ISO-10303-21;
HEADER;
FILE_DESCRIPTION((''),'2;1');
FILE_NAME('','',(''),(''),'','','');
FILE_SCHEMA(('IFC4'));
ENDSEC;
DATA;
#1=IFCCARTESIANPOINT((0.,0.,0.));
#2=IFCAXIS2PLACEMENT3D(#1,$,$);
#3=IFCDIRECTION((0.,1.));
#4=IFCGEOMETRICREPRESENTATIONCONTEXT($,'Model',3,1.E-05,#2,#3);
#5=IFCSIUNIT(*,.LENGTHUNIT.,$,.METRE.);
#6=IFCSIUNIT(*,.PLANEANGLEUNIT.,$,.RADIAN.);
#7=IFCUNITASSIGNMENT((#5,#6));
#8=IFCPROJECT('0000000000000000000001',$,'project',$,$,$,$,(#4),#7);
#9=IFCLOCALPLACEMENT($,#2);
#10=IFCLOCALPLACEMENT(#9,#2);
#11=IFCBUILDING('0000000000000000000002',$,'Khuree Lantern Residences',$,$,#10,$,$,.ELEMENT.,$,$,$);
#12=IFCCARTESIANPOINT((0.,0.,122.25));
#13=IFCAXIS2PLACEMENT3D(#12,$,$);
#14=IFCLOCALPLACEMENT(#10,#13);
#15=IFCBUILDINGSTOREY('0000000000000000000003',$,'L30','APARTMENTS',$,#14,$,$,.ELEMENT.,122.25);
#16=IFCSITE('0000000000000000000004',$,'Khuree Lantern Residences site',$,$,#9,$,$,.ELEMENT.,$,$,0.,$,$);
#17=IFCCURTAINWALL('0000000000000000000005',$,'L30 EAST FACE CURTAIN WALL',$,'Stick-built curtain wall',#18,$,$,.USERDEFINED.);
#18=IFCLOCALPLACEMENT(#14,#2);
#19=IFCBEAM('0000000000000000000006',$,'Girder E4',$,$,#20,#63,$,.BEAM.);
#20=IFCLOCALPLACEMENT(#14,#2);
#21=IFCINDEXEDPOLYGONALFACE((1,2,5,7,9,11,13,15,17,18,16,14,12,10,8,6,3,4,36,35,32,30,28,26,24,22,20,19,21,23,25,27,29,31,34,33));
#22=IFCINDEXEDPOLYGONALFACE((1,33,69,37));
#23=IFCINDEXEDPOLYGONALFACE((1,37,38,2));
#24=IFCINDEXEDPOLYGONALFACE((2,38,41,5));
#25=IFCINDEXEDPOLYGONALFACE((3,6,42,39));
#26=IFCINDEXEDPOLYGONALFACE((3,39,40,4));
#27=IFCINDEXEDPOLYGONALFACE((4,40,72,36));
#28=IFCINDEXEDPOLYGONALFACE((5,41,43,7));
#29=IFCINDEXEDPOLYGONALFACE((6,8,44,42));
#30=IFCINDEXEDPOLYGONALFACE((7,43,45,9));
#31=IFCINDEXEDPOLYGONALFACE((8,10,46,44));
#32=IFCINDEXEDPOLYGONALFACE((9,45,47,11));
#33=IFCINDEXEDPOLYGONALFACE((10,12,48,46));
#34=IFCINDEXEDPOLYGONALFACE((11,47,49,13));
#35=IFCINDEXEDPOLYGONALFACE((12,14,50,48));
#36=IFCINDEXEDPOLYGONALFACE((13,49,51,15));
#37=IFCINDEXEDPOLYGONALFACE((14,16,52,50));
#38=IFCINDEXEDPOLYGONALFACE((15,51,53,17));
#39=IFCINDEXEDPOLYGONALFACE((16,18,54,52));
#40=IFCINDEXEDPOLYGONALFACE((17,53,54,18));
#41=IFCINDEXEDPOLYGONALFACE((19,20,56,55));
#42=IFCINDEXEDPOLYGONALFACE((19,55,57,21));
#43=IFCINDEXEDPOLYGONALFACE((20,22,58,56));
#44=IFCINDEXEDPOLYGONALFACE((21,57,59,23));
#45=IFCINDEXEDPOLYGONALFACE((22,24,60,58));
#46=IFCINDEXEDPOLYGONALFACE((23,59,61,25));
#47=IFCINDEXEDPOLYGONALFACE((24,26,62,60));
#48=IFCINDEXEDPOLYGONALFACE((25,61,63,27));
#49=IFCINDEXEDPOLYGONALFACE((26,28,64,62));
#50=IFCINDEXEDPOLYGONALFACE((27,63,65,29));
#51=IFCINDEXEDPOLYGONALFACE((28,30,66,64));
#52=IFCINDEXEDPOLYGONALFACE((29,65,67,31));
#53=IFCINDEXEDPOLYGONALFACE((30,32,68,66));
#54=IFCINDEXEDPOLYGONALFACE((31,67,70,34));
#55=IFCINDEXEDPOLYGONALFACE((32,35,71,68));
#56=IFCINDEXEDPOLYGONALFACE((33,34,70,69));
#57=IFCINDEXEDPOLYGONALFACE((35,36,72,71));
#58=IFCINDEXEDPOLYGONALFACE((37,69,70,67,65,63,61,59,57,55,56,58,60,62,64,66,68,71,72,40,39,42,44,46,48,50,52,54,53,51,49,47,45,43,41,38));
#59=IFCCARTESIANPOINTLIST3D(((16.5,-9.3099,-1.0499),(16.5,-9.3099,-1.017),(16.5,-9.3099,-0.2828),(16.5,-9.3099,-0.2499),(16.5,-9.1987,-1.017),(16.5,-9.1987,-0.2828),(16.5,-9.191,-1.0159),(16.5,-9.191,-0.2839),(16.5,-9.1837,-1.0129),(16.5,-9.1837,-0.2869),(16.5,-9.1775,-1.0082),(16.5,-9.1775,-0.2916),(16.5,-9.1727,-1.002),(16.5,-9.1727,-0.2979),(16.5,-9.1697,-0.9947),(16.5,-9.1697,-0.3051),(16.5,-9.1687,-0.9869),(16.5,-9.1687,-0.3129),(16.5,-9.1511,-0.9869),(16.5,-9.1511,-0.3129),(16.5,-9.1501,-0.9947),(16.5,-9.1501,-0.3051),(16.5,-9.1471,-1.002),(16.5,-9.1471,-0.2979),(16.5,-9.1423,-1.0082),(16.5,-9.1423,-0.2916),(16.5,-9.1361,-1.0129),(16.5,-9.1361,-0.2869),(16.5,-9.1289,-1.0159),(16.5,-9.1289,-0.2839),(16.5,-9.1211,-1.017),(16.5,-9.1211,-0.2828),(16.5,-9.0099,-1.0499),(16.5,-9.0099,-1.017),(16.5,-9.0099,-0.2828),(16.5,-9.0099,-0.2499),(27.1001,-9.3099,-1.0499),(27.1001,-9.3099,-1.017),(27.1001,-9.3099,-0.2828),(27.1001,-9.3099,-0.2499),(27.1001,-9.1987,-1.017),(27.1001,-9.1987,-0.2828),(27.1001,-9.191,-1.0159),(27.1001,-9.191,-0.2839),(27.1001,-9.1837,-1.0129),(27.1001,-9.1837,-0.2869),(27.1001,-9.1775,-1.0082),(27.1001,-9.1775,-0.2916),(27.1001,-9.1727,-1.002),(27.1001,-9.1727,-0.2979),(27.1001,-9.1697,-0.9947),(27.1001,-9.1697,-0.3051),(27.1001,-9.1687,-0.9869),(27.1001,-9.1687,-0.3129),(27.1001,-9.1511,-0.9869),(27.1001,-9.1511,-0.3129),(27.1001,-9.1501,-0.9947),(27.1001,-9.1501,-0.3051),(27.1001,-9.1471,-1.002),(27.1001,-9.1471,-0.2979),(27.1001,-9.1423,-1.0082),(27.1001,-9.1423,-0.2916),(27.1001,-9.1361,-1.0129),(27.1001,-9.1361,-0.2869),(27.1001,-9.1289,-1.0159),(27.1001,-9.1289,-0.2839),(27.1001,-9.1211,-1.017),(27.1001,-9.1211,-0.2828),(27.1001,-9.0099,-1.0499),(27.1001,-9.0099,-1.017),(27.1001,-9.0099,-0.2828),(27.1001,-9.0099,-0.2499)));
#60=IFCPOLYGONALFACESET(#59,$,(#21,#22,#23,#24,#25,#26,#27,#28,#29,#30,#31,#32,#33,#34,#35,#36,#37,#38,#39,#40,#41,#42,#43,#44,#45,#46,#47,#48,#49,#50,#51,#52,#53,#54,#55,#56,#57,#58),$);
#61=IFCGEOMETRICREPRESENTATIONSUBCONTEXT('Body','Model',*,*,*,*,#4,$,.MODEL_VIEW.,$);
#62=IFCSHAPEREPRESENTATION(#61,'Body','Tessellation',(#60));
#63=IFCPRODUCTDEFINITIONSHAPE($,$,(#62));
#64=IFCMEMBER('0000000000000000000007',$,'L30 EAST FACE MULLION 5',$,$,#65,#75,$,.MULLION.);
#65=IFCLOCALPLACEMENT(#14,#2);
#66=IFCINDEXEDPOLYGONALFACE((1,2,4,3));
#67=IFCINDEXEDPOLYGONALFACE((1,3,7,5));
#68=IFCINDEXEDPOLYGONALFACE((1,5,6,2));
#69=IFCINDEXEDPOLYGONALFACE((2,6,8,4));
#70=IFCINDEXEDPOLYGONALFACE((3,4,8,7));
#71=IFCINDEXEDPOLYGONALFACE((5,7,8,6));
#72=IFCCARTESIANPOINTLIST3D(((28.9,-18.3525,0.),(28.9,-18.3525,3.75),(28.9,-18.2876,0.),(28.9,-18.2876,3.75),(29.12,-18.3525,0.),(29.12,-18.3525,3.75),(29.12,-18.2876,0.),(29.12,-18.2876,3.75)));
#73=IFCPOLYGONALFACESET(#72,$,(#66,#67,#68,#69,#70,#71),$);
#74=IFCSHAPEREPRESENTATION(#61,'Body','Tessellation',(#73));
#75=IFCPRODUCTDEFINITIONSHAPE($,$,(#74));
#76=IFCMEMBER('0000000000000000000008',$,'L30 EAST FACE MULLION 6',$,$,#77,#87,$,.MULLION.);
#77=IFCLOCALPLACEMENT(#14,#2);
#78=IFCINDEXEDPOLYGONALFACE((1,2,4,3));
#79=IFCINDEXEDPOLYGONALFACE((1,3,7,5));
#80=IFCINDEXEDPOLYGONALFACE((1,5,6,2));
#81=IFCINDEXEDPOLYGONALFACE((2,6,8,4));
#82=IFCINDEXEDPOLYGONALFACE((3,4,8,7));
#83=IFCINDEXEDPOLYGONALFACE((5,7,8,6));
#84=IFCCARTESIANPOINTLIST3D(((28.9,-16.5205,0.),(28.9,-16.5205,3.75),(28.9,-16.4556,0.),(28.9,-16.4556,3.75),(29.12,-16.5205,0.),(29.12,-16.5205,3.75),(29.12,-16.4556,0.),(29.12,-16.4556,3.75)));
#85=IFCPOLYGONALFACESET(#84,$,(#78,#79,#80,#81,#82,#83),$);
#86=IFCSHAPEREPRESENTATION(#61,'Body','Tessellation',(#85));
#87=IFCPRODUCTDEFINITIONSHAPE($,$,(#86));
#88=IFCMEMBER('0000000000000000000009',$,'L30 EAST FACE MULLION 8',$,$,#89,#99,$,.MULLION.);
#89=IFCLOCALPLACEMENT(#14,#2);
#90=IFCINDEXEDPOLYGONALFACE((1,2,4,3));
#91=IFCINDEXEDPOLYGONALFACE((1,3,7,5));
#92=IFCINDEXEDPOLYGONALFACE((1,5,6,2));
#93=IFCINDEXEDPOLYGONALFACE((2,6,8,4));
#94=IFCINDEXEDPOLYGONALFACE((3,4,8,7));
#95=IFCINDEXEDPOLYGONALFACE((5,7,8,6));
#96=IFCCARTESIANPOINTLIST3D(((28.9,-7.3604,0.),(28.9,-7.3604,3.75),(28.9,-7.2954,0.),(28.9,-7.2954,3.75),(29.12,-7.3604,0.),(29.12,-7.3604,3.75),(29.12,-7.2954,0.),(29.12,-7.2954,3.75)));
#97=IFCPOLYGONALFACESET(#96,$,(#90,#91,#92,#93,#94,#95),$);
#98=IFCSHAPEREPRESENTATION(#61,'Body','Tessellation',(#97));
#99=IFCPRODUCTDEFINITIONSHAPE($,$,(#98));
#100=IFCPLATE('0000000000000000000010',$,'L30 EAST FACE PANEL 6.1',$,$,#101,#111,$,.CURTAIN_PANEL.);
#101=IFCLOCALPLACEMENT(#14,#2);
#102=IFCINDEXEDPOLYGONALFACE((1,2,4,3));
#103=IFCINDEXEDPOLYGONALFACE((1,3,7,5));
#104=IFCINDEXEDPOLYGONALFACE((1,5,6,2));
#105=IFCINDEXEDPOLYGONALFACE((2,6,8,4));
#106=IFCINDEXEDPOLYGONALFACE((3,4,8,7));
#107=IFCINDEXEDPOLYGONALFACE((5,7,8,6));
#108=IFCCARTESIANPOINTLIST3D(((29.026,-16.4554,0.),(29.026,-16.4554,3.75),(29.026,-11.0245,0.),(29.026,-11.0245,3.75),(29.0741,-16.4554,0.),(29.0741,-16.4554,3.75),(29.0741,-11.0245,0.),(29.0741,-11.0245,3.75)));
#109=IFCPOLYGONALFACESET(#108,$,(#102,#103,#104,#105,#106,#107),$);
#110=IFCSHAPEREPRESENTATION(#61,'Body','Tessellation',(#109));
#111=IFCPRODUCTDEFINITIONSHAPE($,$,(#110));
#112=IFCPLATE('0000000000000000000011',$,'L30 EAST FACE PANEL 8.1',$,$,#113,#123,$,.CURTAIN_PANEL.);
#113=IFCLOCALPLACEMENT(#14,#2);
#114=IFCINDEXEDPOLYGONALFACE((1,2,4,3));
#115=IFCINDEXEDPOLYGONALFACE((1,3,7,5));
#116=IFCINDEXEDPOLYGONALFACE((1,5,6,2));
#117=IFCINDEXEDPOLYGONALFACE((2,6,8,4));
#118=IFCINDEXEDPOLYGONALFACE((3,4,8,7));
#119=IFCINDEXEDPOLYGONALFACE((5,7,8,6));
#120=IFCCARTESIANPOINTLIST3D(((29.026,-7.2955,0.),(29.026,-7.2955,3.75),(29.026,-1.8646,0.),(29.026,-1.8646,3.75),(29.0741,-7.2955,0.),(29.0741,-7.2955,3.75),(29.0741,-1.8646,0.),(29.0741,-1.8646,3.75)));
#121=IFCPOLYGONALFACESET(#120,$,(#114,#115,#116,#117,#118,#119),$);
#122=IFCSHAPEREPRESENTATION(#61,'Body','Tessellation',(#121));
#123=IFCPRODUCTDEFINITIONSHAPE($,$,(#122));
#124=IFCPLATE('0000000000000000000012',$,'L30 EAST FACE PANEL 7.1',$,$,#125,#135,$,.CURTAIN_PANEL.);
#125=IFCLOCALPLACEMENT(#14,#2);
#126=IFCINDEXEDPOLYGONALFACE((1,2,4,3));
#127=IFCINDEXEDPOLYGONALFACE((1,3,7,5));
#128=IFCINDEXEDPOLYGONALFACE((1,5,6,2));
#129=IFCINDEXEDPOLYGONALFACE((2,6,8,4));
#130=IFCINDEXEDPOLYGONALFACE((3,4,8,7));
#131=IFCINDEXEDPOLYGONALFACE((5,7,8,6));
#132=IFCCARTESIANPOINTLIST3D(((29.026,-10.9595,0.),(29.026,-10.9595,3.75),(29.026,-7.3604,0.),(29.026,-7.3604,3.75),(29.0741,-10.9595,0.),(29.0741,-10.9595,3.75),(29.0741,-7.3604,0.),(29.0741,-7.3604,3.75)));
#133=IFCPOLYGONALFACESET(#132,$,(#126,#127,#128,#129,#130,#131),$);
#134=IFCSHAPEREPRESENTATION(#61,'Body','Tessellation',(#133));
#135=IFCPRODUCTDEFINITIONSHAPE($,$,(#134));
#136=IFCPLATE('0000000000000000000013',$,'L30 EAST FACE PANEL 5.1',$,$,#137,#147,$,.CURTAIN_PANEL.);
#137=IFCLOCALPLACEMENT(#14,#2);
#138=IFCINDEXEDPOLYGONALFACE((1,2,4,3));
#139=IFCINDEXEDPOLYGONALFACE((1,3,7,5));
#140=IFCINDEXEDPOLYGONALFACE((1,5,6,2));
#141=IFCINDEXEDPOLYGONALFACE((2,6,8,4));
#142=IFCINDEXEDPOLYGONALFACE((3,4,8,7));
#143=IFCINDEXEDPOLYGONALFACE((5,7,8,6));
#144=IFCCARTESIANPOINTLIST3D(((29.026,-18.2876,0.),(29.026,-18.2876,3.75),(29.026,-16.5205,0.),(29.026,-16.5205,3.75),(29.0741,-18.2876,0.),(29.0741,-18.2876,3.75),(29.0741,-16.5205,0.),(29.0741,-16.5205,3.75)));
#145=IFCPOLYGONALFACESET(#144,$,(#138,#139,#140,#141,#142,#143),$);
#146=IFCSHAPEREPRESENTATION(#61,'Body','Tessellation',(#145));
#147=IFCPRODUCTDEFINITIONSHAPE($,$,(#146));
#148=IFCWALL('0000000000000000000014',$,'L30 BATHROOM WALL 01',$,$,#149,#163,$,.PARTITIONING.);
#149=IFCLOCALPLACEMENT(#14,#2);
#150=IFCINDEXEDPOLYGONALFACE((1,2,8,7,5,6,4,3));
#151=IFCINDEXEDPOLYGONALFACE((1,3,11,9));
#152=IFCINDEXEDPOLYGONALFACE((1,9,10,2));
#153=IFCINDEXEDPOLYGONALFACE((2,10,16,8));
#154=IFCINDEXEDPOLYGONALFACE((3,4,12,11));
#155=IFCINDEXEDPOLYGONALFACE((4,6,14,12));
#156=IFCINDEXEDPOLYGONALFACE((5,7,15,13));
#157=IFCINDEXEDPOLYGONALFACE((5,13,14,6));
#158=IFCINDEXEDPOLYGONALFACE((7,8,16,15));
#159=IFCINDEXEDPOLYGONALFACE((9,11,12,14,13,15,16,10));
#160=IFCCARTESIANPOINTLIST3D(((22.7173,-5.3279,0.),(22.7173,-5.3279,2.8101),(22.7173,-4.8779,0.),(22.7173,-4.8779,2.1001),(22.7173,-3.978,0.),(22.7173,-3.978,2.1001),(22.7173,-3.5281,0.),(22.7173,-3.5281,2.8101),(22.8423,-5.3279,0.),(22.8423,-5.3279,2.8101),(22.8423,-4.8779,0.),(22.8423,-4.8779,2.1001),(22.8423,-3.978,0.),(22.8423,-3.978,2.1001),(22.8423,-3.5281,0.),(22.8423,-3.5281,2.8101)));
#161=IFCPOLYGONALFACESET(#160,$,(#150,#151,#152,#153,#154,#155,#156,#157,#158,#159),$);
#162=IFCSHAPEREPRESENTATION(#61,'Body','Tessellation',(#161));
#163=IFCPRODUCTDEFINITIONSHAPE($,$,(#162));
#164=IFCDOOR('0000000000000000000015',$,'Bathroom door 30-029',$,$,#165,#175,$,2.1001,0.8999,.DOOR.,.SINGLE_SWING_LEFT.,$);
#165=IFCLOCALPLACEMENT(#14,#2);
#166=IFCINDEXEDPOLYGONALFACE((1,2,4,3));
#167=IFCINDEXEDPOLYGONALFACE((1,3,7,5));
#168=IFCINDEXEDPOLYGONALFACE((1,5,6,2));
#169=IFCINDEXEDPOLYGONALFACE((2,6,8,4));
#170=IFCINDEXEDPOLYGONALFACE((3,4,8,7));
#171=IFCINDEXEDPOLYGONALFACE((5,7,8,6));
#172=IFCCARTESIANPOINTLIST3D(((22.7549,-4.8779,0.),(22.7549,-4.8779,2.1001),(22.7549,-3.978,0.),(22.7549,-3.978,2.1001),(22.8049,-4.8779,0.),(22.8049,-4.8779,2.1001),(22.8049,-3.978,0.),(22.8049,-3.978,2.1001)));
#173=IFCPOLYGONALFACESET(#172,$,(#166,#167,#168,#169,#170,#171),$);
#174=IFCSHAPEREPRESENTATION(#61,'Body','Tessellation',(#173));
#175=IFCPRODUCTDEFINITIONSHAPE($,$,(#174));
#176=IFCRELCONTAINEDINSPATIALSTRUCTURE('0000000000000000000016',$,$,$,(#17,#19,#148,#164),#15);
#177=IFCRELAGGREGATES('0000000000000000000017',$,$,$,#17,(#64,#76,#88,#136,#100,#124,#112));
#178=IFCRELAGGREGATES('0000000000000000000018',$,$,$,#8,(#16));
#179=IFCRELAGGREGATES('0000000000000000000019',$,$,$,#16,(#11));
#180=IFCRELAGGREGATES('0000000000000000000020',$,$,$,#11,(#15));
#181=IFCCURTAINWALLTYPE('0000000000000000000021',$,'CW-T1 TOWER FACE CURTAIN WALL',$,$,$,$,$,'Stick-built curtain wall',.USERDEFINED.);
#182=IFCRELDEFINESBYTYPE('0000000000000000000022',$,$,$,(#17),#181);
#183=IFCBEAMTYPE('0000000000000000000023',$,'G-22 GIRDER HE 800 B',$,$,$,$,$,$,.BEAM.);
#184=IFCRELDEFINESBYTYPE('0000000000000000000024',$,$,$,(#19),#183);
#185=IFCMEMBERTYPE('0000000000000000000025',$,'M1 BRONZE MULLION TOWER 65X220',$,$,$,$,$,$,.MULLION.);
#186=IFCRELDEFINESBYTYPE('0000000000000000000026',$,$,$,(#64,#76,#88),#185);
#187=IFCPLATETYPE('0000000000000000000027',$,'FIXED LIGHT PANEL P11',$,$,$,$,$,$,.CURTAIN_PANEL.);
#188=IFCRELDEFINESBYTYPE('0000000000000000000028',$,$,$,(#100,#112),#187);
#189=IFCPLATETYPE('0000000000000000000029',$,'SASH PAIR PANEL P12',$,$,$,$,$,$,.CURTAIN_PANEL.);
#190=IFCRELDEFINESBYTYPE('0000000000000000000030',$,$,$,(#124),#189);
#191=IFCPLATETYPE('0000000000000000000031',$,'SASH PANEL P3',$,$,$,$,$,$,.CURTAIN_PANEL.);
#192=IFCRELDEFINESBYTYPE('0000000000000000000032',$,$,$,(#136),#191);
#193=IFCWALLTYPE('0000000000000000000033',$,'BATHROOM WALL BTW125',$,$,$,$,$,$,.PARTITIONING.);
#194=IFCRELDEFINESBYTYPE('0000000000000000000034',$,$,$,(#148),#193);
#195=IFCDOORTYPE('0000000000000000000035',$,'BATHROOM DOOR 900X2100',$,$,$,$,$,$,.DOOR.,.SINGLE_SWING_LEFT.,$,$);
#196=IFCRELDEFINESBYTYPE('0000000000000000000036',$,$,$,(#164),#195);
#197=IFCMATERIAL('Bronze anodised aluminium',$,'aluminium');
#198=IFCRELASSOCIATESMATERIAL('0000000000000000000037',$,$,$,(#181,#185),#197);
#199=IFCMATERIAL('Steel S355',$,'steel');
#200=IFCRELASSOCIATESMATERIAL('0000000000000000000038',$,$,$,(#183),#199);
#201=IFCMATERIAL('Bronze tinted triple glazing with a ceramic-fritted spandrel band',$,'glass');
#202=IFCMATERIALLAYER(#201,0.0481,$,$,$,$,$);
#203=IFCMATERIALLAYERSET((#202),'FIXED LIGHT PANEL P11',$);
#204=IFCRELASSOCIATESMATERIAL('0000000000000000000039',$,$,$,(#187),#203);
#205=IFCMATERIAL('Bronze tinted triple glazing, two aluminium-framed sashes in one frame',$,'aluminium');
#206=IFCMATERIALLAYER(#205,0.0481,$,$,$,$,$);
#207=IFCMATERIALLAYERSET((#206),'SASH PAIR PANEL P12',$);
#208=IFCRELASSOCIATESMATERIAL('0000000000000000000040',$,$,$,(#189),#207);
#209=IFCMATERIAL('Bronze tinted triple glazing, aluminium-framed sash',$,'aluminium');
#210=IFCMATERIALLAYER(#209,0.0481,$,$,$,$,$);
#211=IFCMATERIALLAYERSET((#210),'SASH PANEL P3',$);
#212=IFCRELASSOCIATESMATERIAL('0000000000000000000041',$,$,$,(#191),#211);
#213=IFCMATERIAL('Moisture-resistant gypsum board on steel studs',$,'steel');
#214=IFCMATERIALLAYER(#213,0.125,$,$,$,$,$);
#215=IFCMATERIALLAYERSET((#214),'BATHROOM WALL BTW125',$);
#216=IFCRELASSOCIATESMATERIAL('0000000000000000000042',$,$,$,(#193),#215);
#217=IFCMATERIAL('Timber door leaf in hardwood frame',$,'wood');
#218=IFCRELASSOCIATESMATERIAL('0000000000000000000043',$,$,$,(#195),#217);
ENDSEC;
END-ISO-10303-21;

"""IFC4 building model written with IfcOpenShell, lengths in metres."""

from ifc_helpers import new_model, si_unit, direction, frame, frame_2d, origin, origin_2d, place, context, subcontext, project, spatial, rectangle, i_section, extrude, material, layer, layer_set, material_profile, profile_set, type_object, element, fill, aggregate, save


model = new_model("IFC4")

# Units and contexts
model_context = context("Model", 3, precision=1e-05, world=origin(), true_north=direction((0.0, 1.0)))
body_context = subcontext(model_context, "Body", "Model", "MODEL_VIEW")
ifc_project = project(units=[si_unit("LENGTHUNIT", "METRE"), si_unit("PLANEANGLEUNIT", "RADIAN")], contexts=[model_context])

# Site, building, storey
site_placement = place(None, origin())
site = spatial("IfcSite", under=ifc_project, at=site_placement, Name="Khuree Lantern Residences site", CompositionType="ELEMENT", RefElevation=0.0)
building_placement = place(site_placement, origin())
building = spatial("IfcBuilding", under=site, at=building_placement, Name="Khuree Lantern Residences", CompositionType="ELEMENT")
storey_placement = place(building_placement, frame((0.0, 0.0, 122.25)))
storey = spatial("IfcBuildingStorey", under=building, at=storey_placement, Name="L30", Description="APARTMENTS", CompositionType="ELEMENT", Elevation=122.25)

# Shared definitions
ifc_material_1 = material(Name="Steel S355", Category="steel")

# Curtain wall
ifc_material_2 = material(Name="Bronze anodised aluminium", Category="aluminium")
curtain_wall_type = type_object("IfcCurtainWallType", Name="CW-T1 TOWER FACE CURTAIN WALL", ElementType="Stick-built curtain wall", PredefinedType="USERDEFINED", material=ifc_material_2)
curtain_wall_placement = place(storey_placement, origin())
curtain_wall = element("IfcCurtainWall", 1, at=curtain_wall_placement, inside=storey, type_object=curtain_wall_type, Name="L30 EAST FACE CURTAIN WALL", ObjectType="Stick-built curtain wall", PredefinedType="USERDEFINED")

# Beam
ifc_material_profile_1 = material_profile(ifc_material_1, i_section(OverallWidth=0.3, OverallDepth=0.8, WebThickness=0.0176, FlangeThickness=0.033, FilletRadius=0.03, at=origin_2d()), Name="HE 800 B")
ifc_profile_set_1 = profile_set([ifc_material_profile_1], Name="Steel S355")
beam_type_1 = type_object("IfcBeamType", Name="G-22 GIRDER HE 800 B", PredefinedType="BEAM", material=ifc_profile_set_1)
beam_1_placement = place(storey_placement, frame((27.1001, -9.1599, -0.6499), z_axis=(-1.0, 0.0, 0.0), x_axis=(0.0, -1.0, 0.0)))
element("IfcBeam", 2, at=beam_1_placement, inside=storey, type_object=beam_type_1, Name="Girder E4", PredefinedType="BEAM", context=body_context, shape_type="SweptSolid", body=[
    extrude(i_section(OverallWidth=0.3, OverallDepth=0.8, WebThickness=0.0176, FlangeThickness=0.033, FilletRadius=0.03, at=origin_2d()), origin(), (0.0, 0.0, 1.0), 10.6001),
])

# Members
ifc_material_profile_2 = material_profile(ifc_material_2, rectangle(XDim=0.0649, YDim=0.22, at=origin_2d()), Name="M1 65X220")
ifc_profile_set_2 = profile_set([ifc_material_profile_2], Name="Bronze anodised aluminium")
member_type_1 = type_object("IfcMemberType", Name="M1 BRONZE MULLION TOWER 65X220", PredefinedType="MULLION", material=ifc_profile_set_2)
member_1_placement = place(storey_placement, frame((29.01, -18.3201, 0.0), z_axis=(0.0, 0.0, 1.0), x_axis=(0.0, 1.0, 0.0)))
member_1 = element("IfcMember", 3, at=member_1_placement, type_object=member_type_1, Name="L30 EAST FACE MULLION 5", PredefinedType="MULLION", context=body_context, shape_type="SweptSolid", body=[
    extrude(rectangle(XDim=0.0649, YDim=0.22, at=origin_2d()), origin(), (0.0, 0.0, 1.0), 3.75),
])
member_2_placement = place(storey_placement, frame((29.01, -16.488, 0.0), z_axis=(0.0, 0.0, 1.0), x_axis=(0.0, 1.0, 0.0)))
member_2 = element("IfcMember", 4, at=member_2_placement, type_object=member_type_1, Name="L30 EAST FACE MULLION 6", PredefinedType="MULLION", context=body_context, shape_type="SweptSolid", body=[
    extrude(rectangle(XDim=0.0649, YDim=0.22, at=origin_2d()), origin(), (0.0, 0.0, 1.0), 3.75),
])
member_3_placement = place(storey_placement, frame((29.01, -7.3279, 0.0), z_axis=(0.0, 0.0, 1.0), x_axis=(0.0, 1.0, 0.0)))
member_3 = element("IfcMember", 5, at=member_3_placement, type_object=member_type_1, Name="L30 EAST FACE MULLION 8", PredefinedType="MULLION", context=body_context, shape_type="SweptSolid", body=[
    extrude(rectangle(XDim=0.0649, YDim=0.22, at=origin_2d()), origin(), (0.0, 0.0, 1.0), 3.75),
])

# Plates
ifc_material_3 = material(Name="Bronze tinted triple glazing with a ceramic-fritted spandrel band", Category="glass")
ifc_layer_1 = layer(ifc_material_3, 0.0481)
ifc_layer_set_1 = layer_set([ifc_layer_1], Name="FIXED LIGHT PANEL P11")
plate_type_1 = type_object("IfcPlateType", Name="FIXED LIGHT PANEL P11", PredefinedType="CURTAIN_PANEL", material=ifc_layer_set_1)
plate_1_placement = place(storey_placement, frame((29.05, -13.74, 0.0), z_axis=(0.0, 0.0, 1.0), x_axis=(0.0, 1.0, 0.0)))
plate_1 = element("IfcPlate", 6, at=plate_1_placement, type_object=plate_type_1, Name="L30 EAST FACE PANEL 6.1", PredefinedType="CURTAIN_PANEL", context=body_context, shape_type="SweptSolid", body=[
    extrude(rectangle(XDim=5.4309, YDim=0.0481, at=origin_2d()), origin(), (0.0, 0.0, 1.0), 3.75),
])
plate_2_placement = place(storey_placement, frame((29.05, -4.5801, 0.0), z_axis=(0.0, 0.0, 1.0), x_axis=(0.0, 1.0, 0.0)))
plate_2 = element("IfcPlate", 7, at=plate_2_placement, type_object=plate_type_1, Name="L30 EAST FACE PANEL 8.1", PredefinedType="CURTAIN_PANEL", context=body_context, shape_type="SweptSolid", body=[
    extrude(rectangle(XDim=5.4309, YDim=0.0481, at=origin_2d()), origin(), (0.0, 0.0, 1.0), 3.75),
])
ifc_material_4 = material(Name="Bronze tinted triple glazing, two aluminium-framed sashes in one frame", Category="aluminium")
ifc_layer_2 = layer(ifc_material_4, 0.0481)
ifc_layer_set_2 = layer_set([ifc_layer_2], Name="SASH PAIR PANEL P12")
plate_type_2 = type_object("IfcPlateType", Name="SASH PAIR PANEL P12", PredefinedType="CURTAIN_PANEL", material=ifc_layer_set_2)
plate_3_placement = place(storey_placement, frame((29.05, -9.1599, 0.0), z_axis=(0.0, 0.0, 1.0), x_axis=(0.0, 1.0, 0.0)))
plate_3 = element("IfcPlate", 8, at=plate_3_placement, type_object=plate_type_2, Name="L30 EAST FACE PANEL 7.1", PredefinedType="CURTAIN_PANEL", context=body_context, shape_type="SweptSolid", body=[
    extrude(rectangle(XDim=3.5991, YDim=0.0481, at=origin_2d()), origin(), (0.0, 0.0, 1.0), 3.75),
])
ifc_material_5 = material(Name="Bronze tinted triple glazing, aluminium-framed sash", Category="aluminium")
ifc_layer_3 = layer(ifc_material_5, 0.0481)
ifc_layer_set_3 = layer_set([ifc_layer_3], Name="SASH PANEL P3")
plate_type_3 = type_object("IfcPlateType", Name="SASH PANEL P3", PredefinedType="CURTAIN_PANEL", material=ifc_layer_set_3)
plate_4_placement = place(storey_placement, frame((29.05, -17.4041, 0.0), z_axis=(0.0, 0.0, 1.0), x_axis=(0.0, 1.0, 0.0)))
plate_4 = element("IfcPlate", 9, at=plate_4_placement, type_object=plate_type_3, Name="L30 EAST FACE PANEL 5.1", PredefinedType="CURTAIN_PANEL", context=body_context, shape_type="SweptSolid", body=[
    extrude(rectangle(XDim=1.7671, YDim=0.0481, at=origin_2d()), origin(), (0.0, 0.0, 1.0), 3.75),
])
aggregate(curtain_wall, [member_1, member_2, member_3, plate_4, plate_1, plate_3, plate_2])

# Wall, opening, door
ifc_material_6 = material(Name="Moisture-resistant gypsum board on steel studs", Category="steel")
ifc_layer_4 = layer(ifc_material_6, 0.125)
ifc_layer_set_4 = layer_set([ifc_layer_4], Name="BATHROOM WALL BTW125")
wall_type_1 = type_object("IfcWallType", Name="BATHROOM WALL BTW125", PredefinedType="PARTITIONING", material=ifc_layer_set_4)
wall_1_placement = place(storey_placement, frame((22.7798, -5.3279, 0.0), z_axis=(0.0, 0.0, 1.0), x_axis=(0.0, 1.0, 0.0)))
wall_1 = element("IfcWall", 10, at=wall_1_placement, inside=storey, type_object=wall_type_1, Name="L30 BATHROOM WALL 01", PredefinedType="PARTITIONING", context=body_context, shape_type="SweptSolid", body=[
    extrude(rectangle(XDim=1.7998, YDim=0.125, at=frame_2d((0.8999, 0.0))), origin(), (0.0, 0.0, 1.0), 2.8101),
])
opening_1_placement = place(wall_1_placement, frame((0.45, 0.0, 0.0)))
opening_1 = element("IfcOpeningElement", 11, at=opening_1_placement, cuts=wall_1, PredefinedType="OPENING", context=body_context, shape_type="SweptSolid", body=[
    extrude(rectangle(XDim=0.8999, YDim=2.1001, at=frame_2d((0.45, 1.05))), frame((0.0, 0.0725, 0.0), z_axis=(0.0, -1.0, 0.0), x_axis=(1.0, 0.0, 0.0)), (0.0, 0.0, 1.0), 0.145),
])
ifc_material_7 = material(Name="Timber door leaf in hardwood frame", Category="wood")
door_type_1 = type_object("IfcDoorType", Name="BATHROOM DOOR 900X2100", OperationType="SINGLE_SWING_LEFT", PredefinedType="DOOR", material=ifc_material_7)
door_1_placement = place(opening_1_placement, origin())
door_1 = element("IfcDoor", 12, at=door_1_placement, inside=storey, type_object=door_type_1, Name="Bathroom door 30-029", OperationType="SINGLE_SWING_LEFT", OverallHeight=2.1001, OverallWidth=0.8999, PredefinedType="DOOR", context=body_context, shape_type="SweptSolid", body=[
    extrude(rectangle(XDim=0.8999, YDim=2.1001, at=frame_2d((0.45, 1.05))), frame((0.0, 0.0249, 0.0), z_axis=(0.0, -1.0, 0.0), x_axis=(1.0, 0.0, 0.0)), (0.0, 0.0, 1.0), 0.05),
])
fill(opening_1, door_1)

save(model, "model.ifc")
